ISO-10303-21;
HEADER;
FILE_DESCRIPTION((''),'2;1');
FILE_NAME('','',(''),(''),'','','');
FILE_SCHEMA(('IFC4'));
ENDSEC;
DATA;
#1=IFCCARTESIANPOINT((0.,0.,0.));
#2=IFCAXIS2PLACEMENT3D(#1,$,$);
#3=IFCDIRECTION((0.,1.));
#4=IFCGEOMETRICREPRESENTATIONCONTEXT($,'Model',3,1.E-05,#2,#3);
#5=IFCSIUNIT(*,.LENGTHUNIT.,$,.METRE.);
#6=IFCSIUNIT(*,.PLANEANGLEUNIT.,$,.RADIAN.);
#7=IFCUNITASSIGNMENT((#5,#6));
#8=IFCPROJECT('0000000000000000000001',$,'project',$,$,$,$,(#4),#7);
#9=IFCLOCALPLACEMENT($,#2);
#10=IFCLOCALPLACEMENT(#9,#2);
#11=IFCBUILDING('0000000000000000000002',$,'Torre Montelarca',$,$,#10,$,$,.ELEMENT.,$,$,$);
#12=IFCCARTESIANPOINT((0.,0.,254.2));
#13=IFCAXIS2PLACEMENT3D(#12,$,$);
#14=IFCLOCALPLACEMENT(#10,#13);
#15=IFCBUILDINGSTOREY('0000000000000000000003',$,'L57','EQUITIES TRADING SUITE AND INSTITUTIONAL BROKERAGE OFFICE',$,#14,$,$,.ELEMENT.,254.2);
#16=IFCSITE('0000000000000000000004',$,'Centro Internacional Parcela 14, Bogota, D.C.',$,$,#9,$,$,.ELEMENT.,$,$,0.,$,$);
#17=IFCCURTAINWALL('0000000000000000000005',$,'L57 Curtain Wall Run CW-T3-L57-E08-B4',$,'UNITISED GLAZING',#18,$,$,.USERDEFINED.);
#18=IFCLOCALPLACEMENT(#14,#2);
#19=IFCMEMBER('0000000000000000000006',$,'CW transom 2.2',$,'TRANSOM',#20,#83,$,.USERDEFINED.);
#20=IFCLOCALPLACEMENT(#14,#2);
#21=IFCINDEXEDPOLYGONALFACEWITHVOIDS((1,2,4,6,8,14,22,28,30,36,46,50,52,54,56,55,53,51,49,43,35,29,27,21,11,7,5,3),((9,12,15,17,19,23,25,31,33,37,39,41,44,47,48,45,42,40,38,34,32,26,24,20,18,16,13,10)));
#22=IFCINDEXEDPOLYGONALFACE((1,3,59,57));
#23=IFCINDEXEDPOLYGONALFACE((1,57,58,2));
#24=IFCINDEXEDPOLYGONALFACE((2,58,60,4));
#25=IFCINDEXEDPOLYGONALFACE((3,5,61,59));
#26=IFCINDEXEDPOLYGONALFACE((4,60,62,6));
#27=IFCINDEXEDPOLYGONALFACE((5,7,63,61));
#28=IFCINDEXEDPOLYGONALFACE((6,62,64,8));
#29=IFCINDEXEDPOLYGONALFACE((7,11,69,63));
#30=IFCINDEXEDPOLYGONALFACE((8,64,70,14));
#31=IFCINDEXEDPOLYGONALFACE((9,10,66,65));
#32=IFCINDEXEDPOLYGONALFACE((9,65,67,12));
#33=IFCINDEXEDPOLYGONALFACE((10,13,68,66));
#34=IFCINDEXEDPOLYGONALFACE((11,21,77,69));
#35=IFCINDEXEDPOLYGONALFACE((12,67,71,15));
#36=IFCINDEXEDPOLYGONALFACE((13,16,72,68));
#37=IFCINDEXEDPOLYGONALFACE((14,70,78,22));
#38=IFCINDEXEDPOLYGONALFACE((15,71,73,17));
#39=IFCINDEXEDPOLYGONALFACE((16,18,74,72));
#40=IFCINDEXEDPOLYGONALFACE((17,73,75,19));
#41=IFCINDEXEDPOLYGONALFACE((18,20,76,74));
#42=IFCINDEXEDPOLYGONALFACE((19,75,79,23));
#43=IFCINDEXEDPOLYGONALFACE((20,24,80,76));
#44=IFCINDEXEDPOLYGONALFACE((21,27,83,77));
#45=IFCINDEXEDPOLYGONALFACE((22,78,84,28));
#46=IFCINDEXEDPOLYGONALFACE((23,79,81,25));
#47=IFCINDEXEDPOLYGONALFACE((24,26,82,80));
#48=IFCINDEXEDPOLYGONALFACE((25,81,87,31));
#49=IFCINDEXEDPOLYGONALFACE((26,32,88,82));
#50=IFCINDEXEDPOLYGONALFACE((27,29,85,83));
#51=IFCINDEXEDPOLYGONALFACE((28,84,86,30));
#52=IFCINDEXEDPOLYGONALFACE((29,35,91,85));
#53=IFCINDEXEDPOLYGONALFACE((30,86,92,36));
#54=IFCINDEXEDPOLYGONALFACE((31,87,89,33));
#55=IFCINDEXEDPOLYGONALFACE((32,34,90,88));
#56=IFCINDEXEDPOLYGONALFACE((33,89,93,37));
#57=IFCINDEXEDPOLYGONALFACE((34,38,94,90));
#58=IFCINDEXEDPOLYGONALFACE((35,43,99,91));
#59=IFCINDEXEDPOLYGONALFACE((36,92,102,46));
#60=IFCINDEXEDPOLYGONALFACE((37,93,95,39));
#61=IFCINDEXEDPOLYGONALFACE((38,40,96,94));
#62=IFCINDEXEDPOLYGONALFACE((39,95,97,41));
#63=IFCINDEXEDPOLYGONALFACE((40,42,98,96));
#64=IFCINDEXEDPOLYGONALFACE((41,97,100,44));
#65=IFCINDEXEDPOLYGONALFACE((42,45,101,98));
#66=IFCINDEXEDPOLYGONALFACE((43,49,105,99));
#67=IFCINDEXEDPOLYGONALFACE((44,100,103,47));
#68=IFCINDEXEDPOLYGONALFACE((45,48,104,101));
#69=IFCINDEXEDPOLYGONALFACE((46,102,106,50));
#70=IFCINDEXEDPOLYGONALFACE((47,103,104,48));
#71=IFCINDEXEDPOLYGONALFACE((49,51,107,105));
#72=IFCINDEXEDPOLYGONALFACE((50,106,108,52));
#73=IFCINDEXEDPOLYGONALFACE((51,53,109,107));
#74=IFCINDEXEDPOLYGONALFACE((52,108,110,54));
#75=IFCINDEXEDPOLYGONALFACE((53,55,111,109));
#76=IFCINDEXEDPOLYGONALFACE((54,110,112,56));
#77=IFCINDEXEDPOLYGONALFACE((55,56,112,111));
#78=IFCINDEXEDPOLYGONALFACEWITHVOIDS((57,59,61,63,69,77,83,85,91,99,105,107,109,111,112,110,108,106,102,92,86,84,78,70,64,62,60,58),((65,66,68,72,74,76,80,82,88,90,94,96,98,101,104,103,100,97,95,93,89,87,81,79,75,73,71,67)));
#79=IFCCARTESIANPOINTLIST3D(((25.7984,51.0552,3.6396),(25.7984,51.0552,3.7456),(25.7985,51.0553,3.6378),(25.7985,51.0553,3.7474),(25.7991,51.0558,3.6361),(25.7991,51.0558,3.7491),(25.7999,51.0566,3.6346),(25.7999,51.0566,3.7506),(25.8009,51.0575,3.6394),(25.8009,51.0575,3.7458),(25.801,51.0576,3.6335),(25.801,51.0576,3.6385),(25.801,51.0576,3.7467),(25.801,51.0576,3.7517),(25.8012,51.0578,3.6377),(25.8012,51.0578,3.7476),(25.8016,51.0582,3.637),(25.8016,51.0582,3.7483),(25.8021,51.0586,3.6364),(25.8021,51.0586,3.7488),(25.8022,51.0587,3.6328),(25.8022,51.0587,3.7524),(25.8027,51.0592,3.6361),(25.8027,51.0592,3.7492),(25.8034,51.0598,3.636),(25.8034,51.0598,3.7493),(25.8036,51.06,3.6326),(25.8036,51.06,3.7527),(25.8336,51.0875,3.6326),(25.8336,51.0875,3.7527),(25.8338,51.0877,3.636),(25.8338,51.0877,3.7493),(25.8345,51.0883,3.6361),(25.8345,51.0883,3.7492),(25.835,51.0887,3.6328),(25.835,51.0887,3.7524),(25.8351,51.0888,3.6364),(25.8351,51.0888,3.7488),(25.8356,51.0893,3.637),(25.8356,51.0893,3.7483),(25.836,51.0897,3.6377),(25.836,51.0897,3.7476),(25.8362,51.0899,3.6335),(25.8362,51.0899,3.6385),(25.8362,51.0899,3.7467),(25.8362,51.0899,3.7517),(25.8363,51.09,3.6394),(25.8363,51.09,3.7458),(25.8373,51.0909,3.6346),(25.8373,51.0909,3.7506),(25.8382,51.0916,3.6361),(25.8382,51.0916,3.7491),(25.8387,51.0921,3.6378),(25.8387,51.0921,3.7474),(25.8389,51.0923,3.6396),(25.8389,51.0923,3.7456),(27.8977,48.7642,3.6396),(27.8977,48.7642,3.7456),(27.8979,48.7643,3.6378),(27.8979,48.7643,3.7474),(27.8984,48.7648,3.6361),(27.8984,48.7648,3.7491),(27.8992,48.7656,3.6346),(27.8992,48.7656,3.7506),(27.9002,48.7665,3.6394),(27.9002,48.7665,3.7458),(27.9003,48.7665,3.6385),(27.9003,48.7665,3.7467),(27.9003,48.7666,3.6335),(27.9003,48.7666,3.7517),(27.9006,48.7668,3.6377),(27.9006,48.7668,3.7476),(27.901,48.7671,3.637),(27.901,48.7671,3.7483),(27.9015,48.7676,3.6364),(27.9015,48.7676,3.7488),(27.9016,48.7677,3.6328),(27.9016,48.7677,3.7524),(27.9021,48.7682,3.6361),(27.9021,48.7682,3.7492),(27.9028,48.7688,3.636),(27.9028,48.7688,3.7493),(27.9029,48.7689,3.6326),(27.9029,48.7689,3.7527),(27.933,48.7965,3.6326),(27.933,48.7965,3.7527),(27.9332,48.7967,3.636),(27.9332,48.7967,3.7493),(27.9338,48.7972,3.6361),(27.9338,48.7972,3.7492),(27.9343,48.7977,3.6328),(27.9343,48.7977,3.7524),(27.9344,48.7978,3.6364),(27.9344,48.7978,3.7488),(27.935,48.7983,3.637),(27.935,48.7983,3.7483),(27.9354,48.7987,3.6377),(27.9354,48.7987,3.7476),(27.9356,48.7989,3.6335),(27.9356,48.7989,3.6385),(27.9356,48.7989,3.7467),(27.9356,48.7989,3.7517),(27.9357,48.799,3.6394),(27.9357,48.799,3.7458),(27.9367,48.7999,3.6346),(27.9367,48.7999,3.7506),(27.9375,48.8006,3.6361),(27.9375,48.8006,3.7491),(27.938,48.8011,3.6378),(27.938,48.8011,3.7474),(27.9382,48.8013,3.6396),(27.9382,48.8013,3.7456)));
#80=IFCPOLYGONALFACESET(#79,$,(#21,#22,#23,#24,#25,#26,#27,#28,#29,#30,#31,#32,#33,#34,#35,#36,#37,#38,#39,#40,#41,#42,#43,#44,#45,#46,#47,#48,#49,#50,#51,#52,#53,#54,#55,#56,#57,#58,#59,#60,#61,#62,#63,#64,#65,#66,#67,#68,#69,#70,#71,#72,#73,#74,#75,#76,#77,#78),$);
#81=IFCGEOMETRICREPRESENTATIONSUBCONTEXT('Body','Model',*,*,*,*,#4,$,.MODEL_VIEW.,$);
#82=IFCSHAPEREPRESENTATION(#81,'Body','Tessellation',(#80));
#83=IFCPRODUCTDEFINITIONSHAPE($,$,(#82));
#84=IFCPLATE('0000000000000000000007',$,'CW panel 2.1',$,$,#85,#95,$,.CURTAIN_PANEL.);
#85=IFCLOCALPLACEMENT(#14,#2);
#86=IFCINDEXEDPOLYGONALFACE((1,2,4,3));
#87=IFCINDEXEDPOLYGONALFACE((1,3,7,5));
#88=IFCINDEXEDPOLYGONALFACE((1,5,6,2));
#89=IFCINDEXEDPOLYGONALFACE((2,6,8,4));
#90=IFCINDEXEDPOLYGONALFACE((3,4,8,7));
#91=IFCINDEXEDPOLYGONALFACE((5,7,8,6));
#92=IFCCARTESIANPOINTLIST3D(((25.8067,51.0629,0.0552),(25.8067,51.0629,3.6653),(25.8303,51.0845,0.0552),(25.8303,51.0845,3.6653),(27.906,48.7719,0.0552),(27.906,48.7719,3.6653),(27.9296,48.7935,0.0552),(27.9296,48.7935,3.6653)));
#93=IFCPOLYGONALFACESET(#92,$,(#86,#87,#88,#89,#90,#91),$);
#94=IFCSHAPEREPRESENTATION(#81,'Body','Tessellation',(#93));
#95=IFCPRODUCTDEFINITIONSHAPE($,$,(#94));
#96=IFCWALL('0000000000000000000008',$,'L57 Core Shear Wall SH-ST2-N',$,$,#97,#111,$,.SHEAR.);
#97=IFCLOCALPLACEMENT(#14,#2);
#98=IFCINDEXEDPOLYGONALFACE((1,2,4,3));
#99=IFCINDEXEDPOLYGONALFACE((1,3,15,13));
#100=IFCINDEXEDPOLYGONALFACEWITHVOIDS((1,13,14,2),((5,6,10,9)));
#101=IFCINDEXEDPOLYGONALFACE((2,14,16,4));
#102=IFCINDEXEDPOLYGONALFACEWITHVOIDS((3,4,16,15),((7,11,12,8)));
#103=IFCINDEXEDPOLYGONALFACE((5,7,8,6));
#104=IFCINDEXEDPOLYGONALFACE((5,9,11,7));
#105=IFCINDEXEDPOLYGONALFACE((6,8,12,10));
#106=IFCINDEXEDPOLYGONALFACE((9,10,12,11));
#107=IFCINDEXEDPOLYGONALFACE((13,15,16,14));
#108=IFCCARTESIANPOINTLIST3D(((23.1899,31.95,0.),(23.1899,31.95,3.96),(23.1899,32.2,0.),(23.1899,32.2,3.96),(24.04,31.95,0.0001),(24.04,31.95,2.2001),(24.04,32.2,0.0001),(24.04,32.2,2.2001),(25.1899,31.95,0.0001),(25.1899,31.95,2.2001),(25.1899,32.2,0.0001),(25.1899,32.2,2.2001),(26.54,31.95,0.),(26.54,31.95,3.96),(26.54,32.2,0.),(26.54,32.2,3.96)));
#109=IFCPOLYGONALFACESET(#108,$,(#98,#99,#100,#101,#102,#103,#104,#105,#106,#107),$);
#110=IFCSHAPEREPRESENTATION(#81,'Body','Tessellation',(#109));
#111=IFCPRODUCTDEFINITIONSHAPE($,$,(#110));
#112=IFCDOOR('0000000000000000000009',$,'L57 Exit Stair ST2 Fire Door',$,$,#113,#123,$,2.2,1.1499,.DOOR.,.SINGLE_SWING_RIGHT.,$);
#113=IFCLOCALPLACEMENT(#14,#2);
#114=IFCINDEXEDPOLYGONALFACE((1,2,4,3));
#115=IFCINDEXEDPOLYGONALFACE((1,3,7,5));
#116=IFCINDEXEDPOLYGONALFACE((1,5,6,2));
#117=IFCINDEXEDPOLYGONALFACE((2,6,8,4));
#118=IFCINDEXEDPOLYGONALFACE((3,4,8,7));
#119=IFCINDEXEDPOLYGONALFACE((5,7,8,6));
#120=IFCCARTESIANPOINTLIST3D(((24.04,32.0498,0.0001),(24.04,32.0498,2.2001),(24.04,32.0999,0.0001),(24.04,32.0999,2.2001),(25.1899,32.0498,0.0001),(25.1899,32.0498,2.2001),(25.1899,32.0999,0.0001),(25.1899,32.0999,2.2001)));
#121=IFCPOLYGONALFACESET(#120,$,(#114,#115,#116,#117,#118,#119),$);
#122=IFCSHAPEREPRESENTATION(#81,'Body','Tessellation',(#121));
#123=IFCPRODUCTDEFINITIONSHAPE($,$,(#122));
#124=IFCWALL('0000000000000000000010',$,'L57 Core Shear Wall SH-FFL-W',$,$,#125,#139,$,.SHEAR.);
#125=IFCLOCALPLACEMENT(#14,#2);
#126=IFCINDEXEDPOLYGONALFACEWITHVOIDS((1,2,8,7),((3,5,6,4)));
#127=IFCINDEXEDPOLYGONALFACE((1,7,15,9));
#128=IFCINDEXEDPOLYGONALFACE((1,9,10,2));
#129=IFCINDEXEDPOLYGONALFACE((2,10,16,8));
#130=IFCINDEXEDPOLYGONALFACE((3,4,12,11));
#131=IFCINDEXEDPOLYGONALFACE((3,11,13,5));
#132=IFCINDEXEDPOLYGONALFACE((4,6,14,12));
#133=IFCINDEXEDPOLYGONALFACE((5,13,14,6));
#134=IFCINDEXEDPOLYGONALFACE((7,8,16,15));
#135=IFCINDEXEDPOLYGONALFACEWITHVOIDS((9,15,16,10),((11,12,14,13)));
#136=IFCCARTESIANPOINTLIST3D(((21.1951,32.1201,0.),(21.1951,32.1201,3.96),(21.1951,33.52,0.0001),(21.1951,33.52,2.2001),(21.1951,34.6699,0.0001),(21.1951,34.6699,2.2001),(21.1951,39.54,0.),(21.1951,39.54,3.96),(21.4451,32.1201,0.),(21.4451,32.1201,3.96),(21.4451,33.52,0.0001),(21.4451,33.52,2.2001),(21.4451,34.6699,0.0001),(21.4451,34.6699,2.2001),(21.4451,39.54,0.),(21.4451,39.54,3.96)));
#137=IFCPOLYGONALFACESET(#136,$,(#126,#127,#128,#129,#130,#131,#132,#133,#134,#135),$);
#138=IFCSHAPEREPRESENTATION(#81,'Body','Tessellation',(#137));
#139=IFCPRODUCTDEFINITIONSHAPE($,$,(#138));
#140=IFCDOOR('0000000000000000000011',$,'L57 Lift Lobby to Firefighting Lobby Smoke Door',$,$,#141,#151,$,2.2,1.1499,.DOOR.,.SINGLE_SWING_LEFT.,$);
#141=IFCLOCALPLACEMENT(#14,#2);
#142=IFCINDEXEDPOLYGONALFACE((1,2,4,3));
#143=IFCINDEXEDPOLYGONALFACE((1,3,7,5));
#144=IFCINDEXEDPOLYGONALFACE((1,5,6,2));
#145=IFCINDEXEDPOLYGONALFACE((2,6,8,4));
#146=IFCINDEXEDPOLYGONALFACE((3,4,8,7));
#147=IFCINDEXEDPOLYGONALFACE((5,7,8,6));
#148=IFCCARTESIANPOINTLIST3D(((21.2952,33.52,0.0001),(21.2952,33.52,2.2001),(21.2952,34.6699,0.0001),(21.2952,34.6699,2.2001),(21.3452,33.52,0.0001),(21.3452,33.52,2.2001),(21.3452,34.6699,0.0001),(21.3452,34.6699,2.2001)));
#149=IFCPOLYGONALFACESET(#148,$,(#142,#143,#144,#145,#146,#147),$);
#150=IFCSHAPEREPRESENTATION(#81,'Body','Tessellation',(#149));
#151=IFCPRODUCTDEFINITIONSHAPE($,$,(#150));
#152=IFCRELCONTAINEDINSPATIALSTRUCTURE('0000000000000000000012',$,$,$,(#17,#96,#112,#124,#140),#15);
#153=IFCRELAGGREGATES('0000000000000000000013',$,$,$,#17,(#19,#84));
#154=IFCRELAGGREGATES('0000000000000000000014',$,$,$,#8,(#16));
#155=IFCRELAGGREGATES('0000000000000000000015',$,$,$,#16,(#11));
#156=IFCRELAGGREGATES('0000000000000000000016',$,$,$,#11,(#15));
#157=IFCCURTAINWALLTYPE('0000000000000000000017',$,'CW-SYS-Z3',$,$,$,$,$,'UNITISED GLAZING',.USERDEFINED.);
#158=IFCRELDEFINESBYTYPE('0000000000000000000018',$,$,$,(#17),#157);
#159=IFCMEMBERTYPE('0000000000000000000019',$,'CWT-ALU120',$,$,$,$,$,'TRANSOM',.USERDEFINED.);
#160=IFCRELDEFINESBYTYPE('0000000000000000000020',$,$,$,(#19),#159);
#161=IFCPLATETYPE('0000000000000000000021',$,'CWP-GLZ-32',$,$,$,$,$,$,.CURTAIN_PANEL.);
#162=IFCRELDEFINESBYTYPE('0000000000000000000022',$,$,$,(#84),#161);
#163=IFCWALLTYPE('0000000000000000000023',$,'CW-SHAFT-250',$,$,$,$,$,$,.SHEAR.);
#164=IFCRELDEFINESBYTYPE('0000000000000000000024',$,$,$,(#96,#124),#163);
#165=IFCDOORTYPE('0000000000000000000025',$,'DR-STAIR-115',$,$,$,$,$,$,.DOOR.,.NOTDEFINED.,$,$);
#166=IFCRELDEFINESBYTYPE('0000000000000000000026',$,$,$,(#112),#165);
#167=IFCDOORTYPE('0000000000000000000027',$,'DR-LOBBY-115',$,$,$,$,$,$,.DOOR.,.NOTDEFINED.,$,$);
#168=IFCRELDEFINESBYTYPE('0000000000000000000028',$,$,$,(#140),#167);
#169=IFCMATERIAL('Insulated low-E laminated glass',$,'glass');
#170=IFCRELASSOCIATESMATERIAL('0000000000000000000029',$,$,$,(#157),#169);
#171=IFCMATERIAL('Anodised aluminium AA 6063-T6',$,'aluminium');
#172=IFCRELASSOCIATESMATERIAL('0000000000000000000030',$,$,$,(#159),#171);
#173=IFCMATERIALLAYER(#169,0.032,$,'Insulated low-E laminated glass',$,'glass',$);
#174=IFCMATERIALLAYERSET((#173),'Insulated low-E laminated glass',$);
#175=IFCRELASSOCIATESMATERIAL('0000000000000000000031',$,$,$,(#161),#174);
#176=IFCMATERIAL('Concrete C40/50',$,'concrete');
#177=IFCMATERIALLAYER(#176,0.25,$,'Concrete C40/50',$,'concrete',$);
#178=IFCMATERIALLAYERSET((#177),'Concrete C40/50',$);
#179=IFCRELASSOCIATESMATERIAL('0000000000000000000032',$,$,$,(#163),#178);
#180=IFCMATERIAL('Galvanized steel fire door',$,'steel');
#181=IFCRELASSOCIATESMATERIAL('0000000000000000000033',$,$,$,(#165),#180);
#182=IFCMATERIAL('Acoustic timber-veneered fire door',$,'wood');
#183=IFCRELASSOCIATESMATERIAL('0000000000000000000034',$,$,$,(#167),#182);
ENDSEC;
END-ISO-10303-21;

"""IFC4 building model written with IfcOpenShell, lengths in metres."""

from ifc_helpers import new_model, si_unit, direction, frame, frame_2d, origin, origin_2d, place, context, subcontext, project, spatial, rectangle, hollow_rectangle, extrude, source, transform, mapped, material, layer, layer_set, material_profile, profile_set, type_object, element, fill, aggregate, save


model = new_model("IFC4")

# Units and contexts
model_context = context("Model", 3, precision=1e-05, world=origin(), true_north=direction((0.0, 1.0)))
body_context = subcontext(model_context, "Body", "Model", "MODEL_VIEW")
ifc_project = project(units=[si_unit("LENGTHUNIT", "METRE"), si_unit("PLANEANGLEUNIT", "RADIAN")], contexts=[model_context])

# Site, building, storey
site_placement = place(None, origin())
site = spatial("IfcSite", under=ifc_project, at=site_placement, Name="Centro Internacional Parcela 14, Bogota, D.C.", CompositionType="ELEMENT", RefElevation=0.0)
building_placement = place(site_placement, origin())
building = spatial("IfcBuilding", under=site, at=building_placement, Name="Torre Montelarca", CompositionType="ELEMENT")
storey_placement = place(building_placement, frame((0.0, 0.0, 254.2)))
storey = spatial("IfcBuildingStorey", under=building, at=storey_placement, Name="L57", Description="EQUITIES TRADING SUITE AND INSTITUTIONAL BROKERAGE OFFICE", CompositionType="ELEMENT", Elevation=254.2)

# Curtain wall, member, plate
ifc_material_1 = material(Name="Insulated low-E laminated glass", Category="glass")
curtain_wall_type = type_object("IfcCurtainWallType", Name="CW-SYS-Z3", ElementType="UNITISED GLAZING", PredefinedType="USERDEFINED", material=ifc_material_1)
curtain_wall_placement = place(storey_placement, origin())
curtain_wall = element("IfcCurtainWall", 1, at=curtain_wall_placement, inside=storey, type_object=curtain_wall_type, Name="L57 Curtain Wall Run CW-T3-L57-E08-B4", ObjectType="UNITISED GLAZING", PredefinedType="USERDEFINED")
ifc_material_2 = material(Name="Anodised aluminium AA 6063-T6", Category="aluminium")
ifc_material_profile_1 = material_profile(ifc_material_2, hollow_rectangle(XDim=0.0549, YDim=0.1201, WallThickness=0.0034, InnerFilletRadius=0.0034, OuterFilletRadius=0.0071, at=origin_2d()), Name="ALU55X120X3.5", Category="aluminium")
ifc_profile_set_1 = profile_set([ifc_material_profile_1], Name="Anodised aluminium AA 6063-T6")
member_type_1 = type_object("IfcMemberType", Name="CWT-ALU120", ElementType="TRANSOM", PredefinedType="USERDEFINED", material=ifc_profile_set_1)
shared_shape_1 = source(origin(), body_context, "Body", "SweptSolid", [
    extrude(hollow_rectangle(XDim=0.0549, YDim=0.1201, WallThickness=0.0034, InnerFilletRadius=0.0034, OuterFilletRadius=0.0071, at=origin_2d()), origin(), (0.0, 0.0, 1.0), 3.1074),
])
member_1_placement = place(storey_placement, frame((27.918, 48.7827, 3.6926), z_axis=(-0.675597, 0.737272, 0.0), x_axis=(-0.737272, -0.675597, 0.0)))
member_1 = element("IfcMember", 2, at=member_1_placement, type_object=member_type_1, Name="CW transom 2.2", ObjectType="TRANSOM", PredefinedType="USERDEFINED", context=body_context, shape_type="MappedRepresentation", body=[
    mapped(shared_shape_1, transform((0.0, 0.0, 0.0), scale=1.0)),
])
ifc_layer_1 = layer(ifc_material_1, 0.032, Name="Insulated low-E laminated glass", Category="glass")
ifc_layer_set_1 = layer_set([ifc_layer_1], Name="Insulated low-E laminated glass")
plate_type = type_object("IfcPlateType", Name="CWP-GLZ-32", PredefinedType="CURTAIN_PANEL", material=ifc_layer_set_1)
shared_shape_2 = source(origin(), body_context, "Body", "SweptSolid", [
    extrude(rectangle(XDim=3.1074, YDim=0.032, at=origin_2d()), origin(), (0.0, 0.0, 1.0), 3.6101),
])
plate_placement = place(storey_placement, frame((26.8682, 49.9282, 0.0552), z_axis=(0.0, 0.0, 1.0), x_axis=(-0.675588, 0.73728, 0.0)))
plate = element("IfcPlate", 3, at=plate_placement, type_object=plate_type, Name="CW panel 2.1", PredefinedType="CURTAIN_PANEL", context=body_context, shape_type="MappedRepresentation", body=[
    mapped(shared_shape_2, transform((0.0, 0.0, 0.0), scale=1.0)),
])
aggregate(curtain_wall, [member_1, plate])

# Walls, openings, doors
ifc_material_3 = material(Name="Concrete C40/50", Category="concrete")
ifc_layer_2 = layer(ifc_material_3, 0.25, Name="Concrete C40/50", Category="concrete")
ifc_layer_set_2 = layer_set([ifc_layer_2], Name="Concrete C40/50")
wall_type_1 = type_object("IfcWallType", Name="CW-SHAFT-250", PredefinedType="SHEAR", material=ifc_layer_set_2)
wall_1_placement = place(storey_placement, frame((23.1899, 32.075, 0.0), z_axis=(0.0, 0.0, 1.0), x_axis=(1.0, 0.0, 0.0)))
wall_1 = element("IfcWall", 4, at=wall_1_placement, inside=storey, type_object=wall_type_1, Name="L57 Core Shear Wall SH-ST2-N", PredefinedType="SHEAR", context=body_context, shape_type="SweptSolid", body=[
    extrude(rectangle(XDim=3.3501, YDim=0.25, at=frame_2d((1.675, 0.0))), origin(), (0.0, 0.0, 1.0), 3.96),
])
opening_1_placement = place(wall_1_placement, frame((0.8501, 0.0, 0.0)))
opening_1 = element("IfcOpeningElement", 5, at=opening_1_placement, cuts=wall_1, PredefinedType="OPENING", context=body_context, shape_type="SweptSolid", body=[
    extrude(rectangle(XDim=1.1499, YDim=2.2, at=frame_2d((0.575, 1.1001))), frame((0.0, 0.135, 0.0), z_axis=(0.0, -1.0, 0.0), x_axis=(1.0, 0.0, 0.0)), (0.0, 0.0, 1.0), 0.27),
])
ifc_material_4 = material(Name="Galvanized steel fire door", Category="steel")
door_type_1 = type_object("IfcDoorType", Name="DR-STAIR-115", OperationType="NOTDEFINED", PredefinedType="DOOR", material=ifc_material_4)
shared_shape_3 = source(origin(), body_context, "Body", "SweptSolid", [
    extrude(rectangle(XDim=1.1499, YDim=2.2, at=frame_2d((0.575, 1.1001))), frame((0.0, 0.0249, 0.0), z_axis=(0.0, -1.0, 0.0), x_axis=(1.0, 0.0, 0.0)), (0.0, 0.0, 1.0), 0.05),
])
door_1_placement = place(opening_1_placement, origin())
door_1 = element("IfcDoor", 6, at=door_1_placement, inside=storey, type_object=door_type_1, Name="L57 Exit Stair ST2 Fire Door", OperationType="SINGLE_SWING_RIGHT", OverallHeight=2.2, OverallWidth=1.1499, PredefinedType="DOOR", context=body_context, shape_type="MappedRepresentation", body=[
    mapped(shared_shape_3, transform((0.0, 0.0, 0.0), scale=1.0)),
])
fill(opening_1, door_1)
wall_2_placement = place(storey_placement, frame((21.3201, 32.1201, 0.0), z_axis=(0.0, 0.0, 1.0), x_axis=(0.0, 1.0, 0.0)))
wall_2 = element("IfcWall", 7, at=wall_2_placement, inside=storey, type_object=wall_type_1, Name="L57 Core Shear Wall SH-FFL-W", PredefinedType="SHEAR", context=body_context, shape_type="SweptSolid", body=[
    extrude(rectangle(XDim=7.4199, YDim=0.25, at=frame_2d((3.71, 0.0))), origin(), (0.0, 0.0, 1.0), 3.96),
])
opening_2_placement = place(wall_2_placement, frame((1.3999, 0.0, 0.0)))
opening_2 = element("IfcOpeningElement", 8, at=opening_2_placement, cuts=wall_2, PredefinedType="OPENING", context=body_context, shape_type="SweptSolid", body=[
    extrude(rectangle(XDim=1.1499, YDim=2.2, at=frame_2d((0.575, 1.1001))), frame((0.0, 0.135, 0.0), z_axis=(0.0, -1.0, 0.0), x_axis=(1.0, 0.0, 0.0)), (0.0, 0.0, 1.0), 0.27),
])
ifc_material_5 = material(Name="Acoustic timber-veneered fire door", Category="wood")
door_type_2 = type_object("IfcDoorType", Name="DR-LOBBY-115", OperationType="NOTDEFINED", PredefinedType="DOOR", material=ifc_material_5)
shared_shape_4 = source(origin(), body_context, "Body", "SweptSolid", [
    extrude(rectangle(XDim=1.1499, YDim=2.2, at=frame_2d((0.575, 1.1001))), frame((0.0, 0.0249, 0.0), z_axis=(0.0, -1.0, 0.0), x_axis=(1.0, 0.0, 0.0)), (0.0, 0.0, 1.0), 0.05),
])
door_2_placement = place(opening_2_placement, origin())
door_2 = element("IfcDoor", 9, at=door_2_placement, inside=storey, type_object=door_type_2, Name="L57 Lift Lobby to Firefighting Lobby Smoke Door", OperationType="SINGLE_SWING_LEFT", OverallHeight=2.2, OverallWidth=1.1499, PredefinedType="DOOR", context=body_context, shape_type="MappedRepresentation", body=[
    mapped(shared_shape_4, transform((0.0, 0.0, 0.0), scale=1.0)),
])
fill(opening_2, door_2)

save(model, "model.ifc")
